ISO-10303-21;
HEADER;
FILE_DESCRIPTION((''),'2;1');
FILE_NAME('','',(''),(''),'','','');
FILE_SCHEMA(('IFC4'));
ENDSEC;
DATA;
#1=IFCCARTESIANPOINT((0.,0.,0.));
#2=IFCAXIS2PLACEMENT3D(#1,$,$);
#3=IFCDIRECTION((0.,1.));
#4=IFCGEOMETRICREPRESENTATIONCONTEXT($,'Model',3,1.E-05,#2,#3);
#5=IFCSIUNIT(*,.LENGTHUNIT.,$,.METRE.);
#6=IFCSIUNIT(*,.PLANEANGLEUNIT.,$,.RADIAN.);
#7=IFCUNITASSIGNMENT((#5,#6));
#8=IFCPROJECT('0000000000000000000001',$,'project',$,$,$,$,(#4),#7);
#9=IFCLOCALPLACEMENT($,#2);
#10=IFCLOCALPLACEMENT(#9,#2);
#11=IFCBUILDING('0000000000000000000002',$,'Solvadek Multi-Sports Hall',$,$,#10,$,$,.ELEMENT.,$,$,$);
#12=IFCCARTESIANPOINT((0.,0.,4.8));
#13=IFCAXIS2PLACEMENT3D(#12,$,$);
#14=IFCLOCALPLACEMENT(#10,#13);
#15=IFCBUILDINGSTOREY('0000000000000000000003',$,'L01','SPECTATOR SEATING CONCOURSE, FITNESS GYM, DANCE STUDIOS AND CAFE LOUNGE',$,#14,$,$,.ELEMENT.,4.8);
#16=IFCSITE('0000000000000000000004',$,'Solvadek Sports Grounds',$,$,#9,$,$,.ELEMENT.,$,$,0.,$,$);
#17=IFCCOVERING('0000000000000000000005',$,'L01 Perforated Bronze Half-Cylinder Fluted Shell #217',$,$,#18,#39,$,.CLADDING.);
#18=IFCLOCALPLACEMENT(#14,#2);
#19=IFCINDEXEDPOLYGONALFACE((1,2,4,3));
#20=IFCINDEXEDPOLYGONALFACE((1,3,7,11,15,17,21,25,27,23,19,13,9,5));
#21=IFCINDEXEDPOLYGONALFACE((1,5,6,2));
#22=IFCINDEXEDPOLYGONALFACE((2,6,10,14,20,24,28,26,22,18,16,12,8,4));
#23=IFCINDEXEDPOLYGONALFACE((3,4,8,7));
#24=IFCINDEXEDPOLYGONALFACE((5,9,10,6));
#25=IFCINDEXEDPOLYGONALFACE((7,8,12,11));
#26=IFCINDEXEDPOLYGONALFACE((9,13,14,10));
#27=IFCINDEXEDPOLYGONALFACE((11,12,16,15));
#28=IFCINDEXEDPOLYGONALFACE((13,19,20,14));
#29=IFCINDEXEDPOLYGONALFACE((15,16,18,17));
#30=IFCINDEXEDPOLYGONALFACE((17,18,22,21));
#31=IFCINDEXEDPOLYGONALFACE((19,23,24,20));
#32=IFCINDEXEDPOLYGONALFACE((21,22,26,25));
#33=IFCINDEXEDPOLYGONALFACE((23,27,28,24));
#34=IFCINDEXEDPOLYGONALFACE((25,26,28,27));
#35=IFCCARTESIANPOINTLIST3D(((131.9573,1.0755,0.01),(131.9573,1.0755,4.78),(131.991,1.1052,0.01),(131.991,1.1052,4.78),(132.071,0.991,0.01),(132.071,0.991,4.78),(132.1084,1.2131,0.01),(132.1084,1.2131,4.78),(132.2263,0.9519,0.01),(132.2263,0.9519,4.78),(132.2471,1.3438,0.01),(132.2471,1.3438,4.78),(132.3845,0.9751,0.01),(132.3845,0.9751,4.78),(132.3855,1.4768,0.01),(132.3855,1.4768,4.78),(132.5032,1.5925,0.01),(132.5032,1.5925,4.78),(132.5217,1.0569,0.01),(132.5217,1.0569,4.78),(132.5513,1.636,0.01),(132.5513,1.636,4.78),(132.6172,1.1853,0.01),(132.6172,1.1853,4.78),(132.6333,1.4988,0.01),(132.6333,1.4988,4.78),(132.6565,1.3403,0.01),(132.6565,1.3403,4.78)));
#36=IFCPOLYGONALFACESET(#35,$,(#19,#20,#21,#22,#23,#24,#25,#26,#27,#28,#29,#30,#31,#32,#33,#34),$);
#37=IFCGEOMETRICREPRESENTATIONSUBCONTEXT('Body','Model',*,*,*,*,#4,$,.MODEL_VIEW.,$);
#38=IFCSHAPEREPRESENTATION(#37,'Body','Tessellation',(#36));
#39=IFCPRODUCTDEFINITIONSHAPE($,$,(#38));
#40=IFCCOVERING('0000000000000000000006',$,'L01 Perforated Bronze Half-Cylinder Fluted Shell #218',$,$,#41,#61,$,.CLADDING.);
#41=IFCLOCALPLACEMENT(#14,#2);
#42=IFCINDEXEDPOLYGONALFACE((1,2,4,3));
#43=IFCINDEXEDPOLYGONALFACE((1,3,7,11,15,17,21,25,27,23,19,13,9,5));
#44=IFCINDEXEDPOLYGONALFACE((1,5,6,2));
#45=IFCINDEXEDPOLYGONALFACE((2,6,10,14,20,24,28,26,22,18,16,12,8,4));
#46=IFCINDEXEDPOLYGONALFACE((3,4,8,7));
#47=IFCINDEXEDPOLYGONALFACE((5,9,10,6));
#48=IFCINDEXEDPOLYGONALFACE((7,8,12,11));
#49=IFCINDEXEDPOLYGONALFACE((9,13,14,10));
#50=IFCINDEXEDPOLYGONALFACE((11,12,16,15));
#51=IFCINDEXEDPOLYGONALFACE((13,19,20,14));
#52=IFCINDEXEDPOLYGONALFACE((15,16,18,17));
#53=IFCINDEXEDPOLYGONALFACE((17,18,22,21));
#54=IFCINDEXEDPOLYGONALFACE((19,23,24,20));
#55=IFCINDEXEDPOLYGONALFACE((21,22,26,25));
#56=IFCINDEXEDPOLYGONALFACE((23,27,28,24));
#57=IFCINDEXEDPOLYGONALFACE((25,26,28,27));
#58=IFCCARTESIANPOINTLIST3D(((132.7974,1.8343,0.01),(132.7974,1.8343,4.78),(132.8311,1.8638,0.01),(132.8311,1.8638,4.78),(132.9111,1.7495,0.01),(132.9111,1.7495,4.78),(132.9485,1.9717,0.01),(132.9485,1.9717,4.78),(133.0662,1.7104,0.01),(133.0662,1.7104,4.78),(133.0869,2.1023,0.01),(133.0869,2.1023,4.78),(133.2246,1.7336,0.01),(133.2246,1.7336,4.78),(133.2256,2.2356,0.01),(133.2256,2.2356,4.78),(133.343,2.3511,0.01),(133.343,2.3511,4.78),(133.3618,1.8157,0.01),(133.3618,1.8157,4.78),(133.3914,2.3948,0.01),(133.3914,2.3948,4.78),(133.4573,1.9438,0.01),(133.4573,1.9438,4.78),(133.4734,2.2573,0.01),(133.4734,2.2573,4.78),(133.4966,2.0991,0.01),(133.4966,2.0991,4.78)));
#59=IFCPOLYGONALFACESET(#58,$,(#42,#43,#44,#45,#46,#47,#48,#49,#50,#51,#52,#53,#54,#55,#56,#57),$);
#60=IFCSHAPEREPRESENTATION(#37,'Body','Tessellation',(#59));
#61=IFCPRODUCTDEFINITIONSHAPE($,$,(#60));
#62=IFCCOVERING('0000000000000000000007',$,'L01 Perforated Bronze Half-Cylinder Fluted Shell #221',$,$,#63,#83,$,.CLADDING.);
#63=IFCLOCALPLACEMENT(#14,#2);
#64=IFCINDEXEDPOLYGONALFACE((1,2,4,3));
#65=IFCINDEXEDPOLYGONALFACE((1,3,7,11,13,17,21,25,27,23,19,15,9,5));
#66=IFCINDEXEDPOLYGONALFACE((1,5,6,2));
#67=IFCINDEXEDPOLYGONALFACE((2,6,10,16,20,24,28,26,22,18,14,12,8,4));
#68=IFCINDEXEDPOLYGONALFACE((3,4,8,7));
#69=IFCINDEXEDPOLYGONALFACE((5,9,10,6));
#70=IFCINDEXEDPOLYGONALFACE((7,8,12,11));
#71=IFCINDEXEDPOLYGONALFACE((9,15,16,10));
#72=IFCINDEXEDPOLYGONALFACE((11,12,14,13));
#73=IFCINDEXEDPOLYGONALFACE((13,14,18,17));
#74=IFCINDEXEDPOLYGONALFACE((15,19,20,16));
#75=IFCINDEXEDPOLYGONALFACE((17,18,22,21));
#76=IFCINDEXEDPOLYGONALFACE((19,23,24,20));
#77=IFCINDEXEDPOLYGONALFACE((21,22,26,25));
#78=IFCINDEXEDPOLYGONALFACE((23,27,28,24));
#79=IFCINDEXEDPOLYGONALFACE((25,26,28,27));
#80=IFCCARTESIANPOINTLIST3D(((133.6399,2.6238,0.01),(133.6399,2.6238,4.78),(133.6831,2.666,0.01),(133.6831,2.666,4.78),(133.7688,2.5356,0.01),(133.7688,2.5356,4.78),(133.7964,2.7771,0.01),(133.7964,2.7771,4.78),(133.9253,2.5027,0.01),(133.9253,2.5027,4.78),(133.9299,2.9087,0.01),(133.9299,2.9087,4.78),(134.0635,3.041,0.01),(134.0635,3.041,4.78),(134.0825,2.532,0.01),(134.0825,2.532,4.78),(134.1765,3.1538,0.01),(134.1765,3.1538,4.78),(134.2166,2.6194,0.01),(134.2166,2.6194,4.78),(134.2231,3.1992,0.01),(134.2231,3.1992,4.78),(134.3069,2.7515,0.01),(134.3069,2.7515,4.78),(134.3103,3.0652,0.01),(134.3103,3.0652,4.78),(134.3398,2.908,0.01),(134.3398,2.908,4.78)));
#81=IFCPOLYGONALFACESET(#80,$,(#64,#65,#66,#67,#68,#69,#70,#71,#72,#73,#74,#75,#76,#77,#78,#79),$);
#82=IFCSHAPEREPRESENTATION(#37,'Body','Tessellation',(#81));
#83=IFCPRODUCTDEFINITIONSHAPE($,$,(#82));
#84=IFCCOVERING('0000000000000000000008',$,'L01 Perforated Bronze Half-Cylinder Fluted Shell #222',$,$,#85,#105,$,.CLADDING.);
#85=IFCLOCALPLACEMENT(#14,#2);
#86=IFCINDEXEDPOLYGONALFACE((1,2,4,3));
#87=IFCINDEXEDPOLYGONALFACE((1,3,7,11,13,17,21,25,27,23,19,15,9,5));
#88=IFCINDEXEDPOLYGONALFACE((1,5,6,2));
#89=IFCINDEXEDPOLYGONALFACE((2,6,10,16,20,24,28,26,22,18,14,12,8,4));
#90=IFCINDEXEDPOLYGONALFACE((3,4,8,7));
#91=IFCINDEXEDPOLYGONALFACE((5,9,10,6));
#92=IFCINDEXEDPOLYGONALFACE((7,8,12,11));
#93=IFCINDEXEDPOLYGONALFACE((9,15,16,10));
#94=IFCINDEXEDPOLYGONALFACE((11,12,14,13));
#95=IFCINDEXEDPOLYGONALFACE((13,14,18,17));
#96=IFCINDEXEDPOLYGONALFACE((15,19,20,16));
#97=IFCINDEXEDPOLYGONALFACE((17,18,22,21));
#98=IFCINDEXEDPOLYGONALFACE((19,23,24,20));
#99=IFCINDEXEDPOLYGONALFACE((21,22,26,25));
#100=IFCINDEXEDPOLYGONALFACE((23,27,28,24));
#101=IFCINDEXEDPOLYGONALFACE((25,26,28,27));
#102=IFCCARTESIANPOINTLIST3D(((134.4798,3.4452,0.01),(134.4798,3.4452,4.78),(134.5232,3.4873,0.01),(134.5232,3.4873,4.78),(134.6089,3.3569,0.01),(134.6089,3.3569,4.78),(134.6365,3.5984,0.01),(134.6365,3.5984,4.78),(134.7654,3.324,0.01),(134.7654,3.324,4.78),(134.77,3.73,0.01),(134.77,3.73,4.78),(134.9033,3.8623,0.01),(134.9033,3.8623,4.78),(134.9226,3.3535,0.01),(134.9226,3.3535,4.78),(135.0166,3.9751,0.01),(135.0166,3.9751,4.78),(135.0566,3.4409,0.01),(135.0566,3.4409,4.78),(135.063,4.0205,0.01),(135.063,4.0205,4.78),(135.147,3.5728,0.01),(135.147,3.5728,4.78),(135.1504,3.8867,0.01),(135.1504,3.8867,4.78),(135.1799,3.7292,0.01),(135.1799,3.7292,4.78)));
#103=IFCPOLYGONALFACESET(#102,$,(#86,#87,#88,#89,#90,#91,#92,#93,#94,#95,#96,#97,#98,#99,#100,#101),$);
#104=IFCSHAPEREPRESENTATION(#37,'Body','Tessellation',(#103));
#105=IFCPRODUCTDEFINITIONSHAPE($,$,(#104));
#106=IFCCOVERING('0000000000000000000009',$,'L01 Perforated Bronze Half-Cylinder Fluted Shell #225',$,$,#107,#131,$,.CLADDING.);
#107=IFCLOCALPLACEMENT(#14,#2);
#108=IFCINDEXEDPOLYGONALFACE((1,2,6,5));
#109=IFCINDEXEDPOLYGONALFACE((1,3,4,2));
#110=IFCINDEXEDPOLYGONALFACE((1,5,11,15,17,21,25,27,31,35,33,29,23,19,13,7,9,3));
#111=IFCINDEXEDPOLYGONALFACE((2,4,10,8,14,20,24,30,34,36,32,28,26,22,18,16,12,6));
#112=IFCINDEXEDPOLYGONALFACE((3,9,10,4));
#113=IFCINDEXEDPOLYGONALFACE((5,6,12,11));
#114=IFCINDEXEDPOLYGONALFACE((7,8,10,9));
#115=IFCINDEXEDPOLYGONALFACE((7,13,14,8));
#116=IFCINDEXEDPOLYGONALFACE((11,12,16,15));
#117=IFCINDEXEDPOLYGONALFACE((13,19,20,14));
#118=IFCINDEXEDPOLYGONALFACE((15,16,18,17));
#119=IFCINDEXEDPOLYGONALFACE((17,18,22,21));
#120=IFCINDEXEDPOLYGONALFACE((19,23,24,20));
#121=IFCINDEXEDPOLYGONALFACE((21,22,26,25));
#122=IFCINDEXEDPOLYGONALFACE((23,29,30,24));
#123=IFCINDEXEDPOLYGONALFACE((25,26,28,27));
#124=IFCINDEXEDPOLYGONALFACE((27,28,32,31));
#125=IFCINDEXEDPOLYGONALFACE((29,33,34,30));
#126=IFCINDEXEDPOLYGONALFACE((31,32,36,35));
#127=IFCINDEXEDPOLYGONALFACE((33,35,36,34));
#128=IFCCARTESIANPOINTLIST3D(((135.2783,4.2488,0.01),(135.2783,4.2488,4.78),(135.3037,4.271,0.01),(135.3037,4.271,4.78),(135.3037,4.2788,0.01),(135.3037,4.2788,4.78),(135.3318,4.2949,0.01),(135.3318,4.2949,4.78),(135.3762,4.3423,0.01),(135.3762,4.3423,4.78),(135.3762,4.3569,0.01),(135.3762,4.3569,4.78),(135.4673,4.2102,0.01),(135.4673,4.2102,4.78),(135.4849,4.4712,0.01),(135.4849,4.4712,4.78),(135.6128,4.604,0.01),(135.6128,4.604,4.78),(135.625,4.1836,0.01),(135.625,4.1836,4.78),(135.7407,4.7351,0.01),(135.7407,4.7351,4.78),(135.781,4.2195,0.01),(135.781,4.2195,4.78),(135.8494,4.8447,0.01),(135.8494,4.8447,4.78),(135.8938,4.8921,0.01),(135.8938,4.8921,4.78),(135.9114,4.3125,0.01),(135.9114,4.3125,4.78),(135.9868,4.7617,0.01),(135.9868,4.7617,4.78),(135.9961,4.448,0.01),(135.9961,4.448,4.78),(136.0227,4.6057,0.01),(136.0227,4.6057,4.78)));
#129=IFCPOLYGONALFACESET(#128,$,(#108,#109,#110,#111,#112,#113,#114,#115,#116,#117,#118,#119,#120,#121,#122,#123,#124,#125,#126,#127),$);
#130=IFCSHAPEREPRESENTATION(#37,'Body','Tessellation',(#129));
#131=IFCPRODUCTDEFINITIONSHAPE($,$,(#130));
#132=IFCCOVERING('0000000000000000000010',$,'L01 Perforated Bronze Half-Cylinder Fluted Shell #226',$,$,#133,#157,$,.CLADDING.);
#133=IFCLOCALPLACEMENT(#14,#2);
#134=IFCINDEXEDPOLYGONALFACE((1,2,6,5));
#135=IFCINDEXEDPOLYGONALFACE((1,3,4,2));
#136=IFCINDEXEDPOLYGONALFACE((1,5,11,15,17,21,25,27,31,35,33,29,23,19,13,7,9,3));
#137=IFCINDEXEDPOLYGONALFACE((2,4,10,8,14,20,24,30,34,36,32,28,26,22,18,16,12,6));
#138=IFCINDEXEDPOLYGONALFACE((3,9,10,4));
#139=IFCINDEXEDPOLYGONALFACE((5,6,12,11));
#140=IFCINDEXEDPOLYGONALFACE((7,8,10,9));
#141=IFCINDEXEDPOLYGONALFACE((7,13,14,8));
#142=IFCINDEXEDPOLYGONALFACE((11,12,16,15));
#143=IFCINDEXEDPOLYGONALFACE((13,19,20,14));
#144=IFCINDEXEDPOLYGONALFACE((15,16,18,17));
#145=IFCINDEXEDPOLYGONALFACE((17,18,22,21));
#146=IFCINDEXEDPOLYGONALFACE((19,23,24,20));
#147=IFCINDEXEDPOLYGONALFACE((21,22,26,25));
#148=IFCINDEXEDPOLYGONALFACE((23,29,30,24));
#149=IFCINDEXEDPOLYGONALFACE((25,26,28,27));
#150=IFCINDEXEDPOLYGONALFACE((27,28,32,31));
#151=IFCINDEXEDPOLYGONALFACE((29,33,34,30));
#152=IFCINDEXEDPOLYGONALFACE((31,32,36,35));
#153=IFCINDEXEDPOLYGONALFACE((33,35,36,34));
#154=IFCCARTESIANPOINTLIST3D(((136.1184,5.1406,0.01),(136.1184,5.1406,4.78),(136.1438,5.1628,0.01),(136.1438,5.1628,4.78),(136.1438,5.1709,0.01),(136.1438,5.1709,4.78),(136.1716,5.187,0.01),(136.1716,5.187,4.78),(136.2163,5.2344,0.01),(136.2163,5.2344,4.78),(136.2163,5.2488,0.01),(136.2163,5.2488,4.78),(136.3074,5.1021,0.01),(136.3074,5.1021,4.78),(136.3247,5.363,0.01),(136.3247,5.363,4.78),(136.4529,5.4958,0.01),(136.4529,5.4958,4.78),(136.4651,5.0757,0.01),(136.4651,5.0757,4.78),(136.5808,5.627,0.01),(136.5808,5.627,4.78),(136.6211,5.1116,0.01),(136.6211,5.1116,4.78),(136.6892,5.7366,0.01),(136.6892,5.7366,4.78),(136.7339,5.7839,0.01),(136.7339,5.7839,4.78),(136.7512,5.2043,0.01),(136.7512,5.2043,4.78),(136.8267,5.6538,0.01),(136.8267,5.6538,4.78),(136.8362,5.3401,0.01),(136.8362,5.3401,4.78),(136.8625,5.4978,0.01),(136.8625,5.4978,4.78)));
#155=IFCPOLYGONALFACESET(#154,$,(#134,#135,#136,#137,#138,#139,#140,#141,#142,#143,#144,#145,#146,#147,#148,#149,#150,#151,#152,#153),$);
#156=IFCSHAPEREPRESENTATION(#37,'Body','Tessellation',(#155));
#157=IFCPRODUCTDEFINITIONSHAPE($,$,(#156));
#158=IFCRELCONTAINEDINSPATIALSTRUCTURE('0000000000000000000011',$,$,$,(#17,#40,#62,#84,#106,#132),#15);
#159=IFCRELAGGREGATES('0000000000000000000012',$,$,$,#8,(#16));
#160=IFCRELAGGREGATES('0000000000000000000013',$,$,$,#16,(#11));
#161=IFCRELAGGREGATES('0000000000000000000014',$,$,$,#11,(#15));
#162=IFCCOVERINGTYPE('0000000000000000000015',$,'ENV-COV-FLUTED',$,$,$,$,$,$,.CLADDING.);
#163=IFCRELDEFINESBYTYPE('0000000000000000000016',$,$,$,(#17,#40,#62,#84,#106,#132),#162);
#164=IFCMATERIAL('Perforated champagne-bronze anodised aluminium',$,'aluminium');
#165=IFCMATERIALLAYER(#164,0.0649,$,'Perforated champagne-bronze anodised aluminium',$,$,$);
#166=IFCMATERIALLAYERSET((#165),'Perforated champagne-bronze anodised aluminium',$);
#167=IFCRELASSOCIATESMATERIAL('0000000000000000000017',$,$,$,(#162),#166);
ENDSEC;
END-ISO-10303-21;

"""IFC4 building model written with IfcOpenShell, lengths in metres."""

from ifc_helpers import new_model, si_unit, direction, frame, origin, place, context, subcontext, project, spatial, polyline, outline, extrude, material, layer, layer_set, type_object, element, save


model = new_model("IFC4")

# Units and contexts
model_context = context("Model", 3, precision=1e-05, world=origin(), true_north=direction((0.0, 1.0)))
body_context = subcontext(model_context, "Body", "Model", "MODEL_VIEW")
ifc_project = project(units=[si_unit("LENGTHUNIT", "METRE"), si_unit("PLANEANGLEUNIT", "RADIAN")], contexts=[model_context])

# Site, building, storey
site_placement = place(None, origin())
site = spatial("IfcSite", under=ifc_project, at=site_placement, Name="Solvadek Sports Grounds", CompositionType="ELEMENT", RefElevation=0.0)
building_placement = place(site_placement, origin())
building = spatial("IfcBuilding", under=site, at=building_placement, Name="Solvadek Multi-Sports Hall", CompositionType="ELEMENT")
storey_placement = place(building_placement, frame((0.0, 0.0, 4.8)))
storey = spatial("IfcBuildingStorey", under=building, at=storey_placement, Name="L01", Description="SPECTATOR SEATING CONCOURSE, FITNESS GYM, DANCE STUDIOS AND CAFE LOUNGE", CompositionType="ELEMENT", Elevation=4.8)

# Coverings
ifc_material_1 = material(Name="Perforated champagne-bronze anodised aluminium", Category="aluminium")
ifc_layer_1 = layer(ifc_material_1, 0.0649, Name="Perforated champagne-bronze anodised aluminium")
ifc_layer_set_1 = layer_set([ifc_layer_1], Name="Perforated champagne-bronze anodised aluminium")
covering_type = type_object("IfcCoveringType", Name="ENV-COV-FLUTED", PredefinedType="CLADDING", material=ifc_layer_set_1)
covering_1_placement = place(storey_placement, frame((0.0, 0.0, 0.01)))
element("IfcCovering", 1, at=covering_1_placement, inside=storey, type_object=covering_type, Name="L01 Perforated Bronze Half-Cylinder Fluted Shell #217", PredefinedType="CLADDING", context=body_context, shape_type="SweptSolid", body=[
    extrude(outline(polyline([(132.5513, 1.636), (132.6333, 1.4988), (132.6565, 1.3403), (132.6172, 1.1853), (132.5217, 1.0569), (132.3845, 0.9751), (132.2263, 0.9519), (132.071, 0.991), (131.9426, 1.0864), (131.991, 1.1301), (131.9126, 1.0498), (131.885, 1.0166), (131.9126, 1.0361), (131.991, 1.1052), (132.1084, 1.2131), (132.2471, 1.3438), (132.3855, 1.4768), (132.5032, 1.5925), (132.5513, 1.636)])), origin(), (0.0, 0.0, 1.0), 4.77),
])
covering_2_placement = place(storey_placement, frame((0.0, 0.0, 0.01)))
element("IfcCovering", 2, at=covering_2_placement, inside=storey, type_object=covering_type, Name="L01 Perforated Bronze Half-Cylinder Fluted Shell #218", PredefinedType="CLADDING", context=body_context, shape_type="SweptSolid", body=[
    extrude(outline(polyline([(133.3914, 2.3948), (133.4734, 2.2573), (133.4966, 2.0991), (133.4573, 1.9438), (133.3618, 1.8157), (133.2246, 1.7336), (133.0662, 1.7104), (132.9111, 1.7495), (132.7827, 1.8452), (132.8311, 1.8887), (132.7524, 1.8083), (132.7249, 1.7754), (132.7524, 1.7949), (132.8311, 1.8638), (132.9485, 1.9717), (133.0869, 2.1023), (133.2256, 2.2356), (133.343, 2.3511), (133.3914, 2.3948)])), origin(), (0.0, 0.0, 1.0), 4.77),
])
covering_3_placement = place(storey_placement, frame((0.0, 0.0, 0.01)))
element("IfcCovering", 3, at=covering_3_placement, inside=storey, type_object=covering_type, Name="L01 Perforated Bronze Half-Cylinder Fluted Shell #221", PredefinedType="CLADDING", context=body_context, shape_type="SweptSolid", body=[
    extrude(outline(polyline([(134.2231, 3.1992), (134.3103, 3.0652), (134.3398, 2.908), (134.3069, 2.7515), (134.2166, 2.6194), (134.0825, 2.532), (133.9253, 2.5027), (133.7688, 2.5356), (133.6367, 2.626), (133.6831, 2.6714), (133.6077, 2.5952), (133.5811, 2.5676), (133.6077, 2.5923), (133.6831, 2.666), (133.7964, 2.7771), (133.9299, 2.9087), (134.0635, 3.041), (134.1765, 3.1538), (134.2231, 3.1992)])), origin(), (0.0, 0.0, 1.0), 4.77),
])
covering_4_placement = place(storey_placement, frame((0.0, 0.0, 0.01)))
element("IfcCovering", 4, at=covering_4_placement, inside=storey, type_object=covering_type, Name="L01 Perforated Bronze Half-Cylinder Fluted Shell #222", PredefinedType="CLADDING", context=body_context, shape_type="SweptSolid", body=[
    extrude(outline(polyline([(135.063, 4.0205), (135.1504, 3.8867), (135.1799, 3.7292), (135.147, 3.5728), (135.0566, 3.4409), (134.9226, 3.3535), (134.7654, 3.324), (134.6089, 3.3569), (134.4768, 3.4473), (134.5232, 3.4927), (134.4475, 3.4167), (134.4211, 3.3889), (134.4475, 3.4138), (134.5232, 3.4873), (134.6365, 3.5984), (134.77, 3.73), (134.9033, 3.8623), (135.0166, 3.9751), (135.063, 4.0205)])), origin(), (0.0, 0.0, 1.0), 4.77),
])
covering_5_placement = place(storey_placement, frame((0.0, 0.0, 0.01)))
element("IfcCovering", 5, at=covering_5_placement, inside=storey, type_object=covering_type, Name="L01 Perforated Bronze Half-Cylinder Fluted Shell #225", PredefinedType="CLADDING", context=body_context, shape_type="SweptSolid", body=[
    extrude(outline(polyline([(135.8938, 4.8921), (135.9868, 4.7617), (136.0227, 4.6057), (135.9961, 4.448), (135.9114, 4.3125), (135.781, 4.2195), (135.625, 4.1836), (135.4673, 4.2102), (135.3318, 4.2949), (135.3762, 4.3423), (135.3037, 4.271), (135.2783, 4.2488), (135.3037, 4.2788), (135.3762, 4.3569), (135.4849, 4.4712), (135.6128, 4.604), (135.7407, 4.7351), (135.8494, 4.8447), (135.8938, 4.8921)])), origin(), (0.0, 0.0, 1.0), 4.77),
])
covering_6_placement = place(storey_placement, frame((0.0, 0.0, 0.01)))
element("IfcCovering", 6, at=covering_6_placement, inside=storey, type_object=covering_type, Name="L01 Perforated Bronze Half-Cylinder Fluted Shell #226", PredefinedType="CLADDING", context=body_context, shape_type="SweptSolid", body=[
    extrude(outline(polyline([(136.7339, 5.7839), (136.8267, 5.6538), (136.8625, 5.4978), (136.8362, 5.3401), (136.7512, 5.2043), (136.6211, 5.1116), (136.4651, 5.0757), (136.3074, 5.1021), (136.1716, 5.187), (136.2163, 5.2344), (136.1438, 5.1628), (136.1184, 5.1406), (136.1438, 5.1709), (136.2163, 5.2488), (136.3247, 5.363), (136.4529, 5.4958), (136.5808, 5.627), (136.6892, 5.7366), (136.7339, 5.7839)])), origin(), (0.0, 0.0, 1.0), 4.77),
])

save(model, "model.ifc")
